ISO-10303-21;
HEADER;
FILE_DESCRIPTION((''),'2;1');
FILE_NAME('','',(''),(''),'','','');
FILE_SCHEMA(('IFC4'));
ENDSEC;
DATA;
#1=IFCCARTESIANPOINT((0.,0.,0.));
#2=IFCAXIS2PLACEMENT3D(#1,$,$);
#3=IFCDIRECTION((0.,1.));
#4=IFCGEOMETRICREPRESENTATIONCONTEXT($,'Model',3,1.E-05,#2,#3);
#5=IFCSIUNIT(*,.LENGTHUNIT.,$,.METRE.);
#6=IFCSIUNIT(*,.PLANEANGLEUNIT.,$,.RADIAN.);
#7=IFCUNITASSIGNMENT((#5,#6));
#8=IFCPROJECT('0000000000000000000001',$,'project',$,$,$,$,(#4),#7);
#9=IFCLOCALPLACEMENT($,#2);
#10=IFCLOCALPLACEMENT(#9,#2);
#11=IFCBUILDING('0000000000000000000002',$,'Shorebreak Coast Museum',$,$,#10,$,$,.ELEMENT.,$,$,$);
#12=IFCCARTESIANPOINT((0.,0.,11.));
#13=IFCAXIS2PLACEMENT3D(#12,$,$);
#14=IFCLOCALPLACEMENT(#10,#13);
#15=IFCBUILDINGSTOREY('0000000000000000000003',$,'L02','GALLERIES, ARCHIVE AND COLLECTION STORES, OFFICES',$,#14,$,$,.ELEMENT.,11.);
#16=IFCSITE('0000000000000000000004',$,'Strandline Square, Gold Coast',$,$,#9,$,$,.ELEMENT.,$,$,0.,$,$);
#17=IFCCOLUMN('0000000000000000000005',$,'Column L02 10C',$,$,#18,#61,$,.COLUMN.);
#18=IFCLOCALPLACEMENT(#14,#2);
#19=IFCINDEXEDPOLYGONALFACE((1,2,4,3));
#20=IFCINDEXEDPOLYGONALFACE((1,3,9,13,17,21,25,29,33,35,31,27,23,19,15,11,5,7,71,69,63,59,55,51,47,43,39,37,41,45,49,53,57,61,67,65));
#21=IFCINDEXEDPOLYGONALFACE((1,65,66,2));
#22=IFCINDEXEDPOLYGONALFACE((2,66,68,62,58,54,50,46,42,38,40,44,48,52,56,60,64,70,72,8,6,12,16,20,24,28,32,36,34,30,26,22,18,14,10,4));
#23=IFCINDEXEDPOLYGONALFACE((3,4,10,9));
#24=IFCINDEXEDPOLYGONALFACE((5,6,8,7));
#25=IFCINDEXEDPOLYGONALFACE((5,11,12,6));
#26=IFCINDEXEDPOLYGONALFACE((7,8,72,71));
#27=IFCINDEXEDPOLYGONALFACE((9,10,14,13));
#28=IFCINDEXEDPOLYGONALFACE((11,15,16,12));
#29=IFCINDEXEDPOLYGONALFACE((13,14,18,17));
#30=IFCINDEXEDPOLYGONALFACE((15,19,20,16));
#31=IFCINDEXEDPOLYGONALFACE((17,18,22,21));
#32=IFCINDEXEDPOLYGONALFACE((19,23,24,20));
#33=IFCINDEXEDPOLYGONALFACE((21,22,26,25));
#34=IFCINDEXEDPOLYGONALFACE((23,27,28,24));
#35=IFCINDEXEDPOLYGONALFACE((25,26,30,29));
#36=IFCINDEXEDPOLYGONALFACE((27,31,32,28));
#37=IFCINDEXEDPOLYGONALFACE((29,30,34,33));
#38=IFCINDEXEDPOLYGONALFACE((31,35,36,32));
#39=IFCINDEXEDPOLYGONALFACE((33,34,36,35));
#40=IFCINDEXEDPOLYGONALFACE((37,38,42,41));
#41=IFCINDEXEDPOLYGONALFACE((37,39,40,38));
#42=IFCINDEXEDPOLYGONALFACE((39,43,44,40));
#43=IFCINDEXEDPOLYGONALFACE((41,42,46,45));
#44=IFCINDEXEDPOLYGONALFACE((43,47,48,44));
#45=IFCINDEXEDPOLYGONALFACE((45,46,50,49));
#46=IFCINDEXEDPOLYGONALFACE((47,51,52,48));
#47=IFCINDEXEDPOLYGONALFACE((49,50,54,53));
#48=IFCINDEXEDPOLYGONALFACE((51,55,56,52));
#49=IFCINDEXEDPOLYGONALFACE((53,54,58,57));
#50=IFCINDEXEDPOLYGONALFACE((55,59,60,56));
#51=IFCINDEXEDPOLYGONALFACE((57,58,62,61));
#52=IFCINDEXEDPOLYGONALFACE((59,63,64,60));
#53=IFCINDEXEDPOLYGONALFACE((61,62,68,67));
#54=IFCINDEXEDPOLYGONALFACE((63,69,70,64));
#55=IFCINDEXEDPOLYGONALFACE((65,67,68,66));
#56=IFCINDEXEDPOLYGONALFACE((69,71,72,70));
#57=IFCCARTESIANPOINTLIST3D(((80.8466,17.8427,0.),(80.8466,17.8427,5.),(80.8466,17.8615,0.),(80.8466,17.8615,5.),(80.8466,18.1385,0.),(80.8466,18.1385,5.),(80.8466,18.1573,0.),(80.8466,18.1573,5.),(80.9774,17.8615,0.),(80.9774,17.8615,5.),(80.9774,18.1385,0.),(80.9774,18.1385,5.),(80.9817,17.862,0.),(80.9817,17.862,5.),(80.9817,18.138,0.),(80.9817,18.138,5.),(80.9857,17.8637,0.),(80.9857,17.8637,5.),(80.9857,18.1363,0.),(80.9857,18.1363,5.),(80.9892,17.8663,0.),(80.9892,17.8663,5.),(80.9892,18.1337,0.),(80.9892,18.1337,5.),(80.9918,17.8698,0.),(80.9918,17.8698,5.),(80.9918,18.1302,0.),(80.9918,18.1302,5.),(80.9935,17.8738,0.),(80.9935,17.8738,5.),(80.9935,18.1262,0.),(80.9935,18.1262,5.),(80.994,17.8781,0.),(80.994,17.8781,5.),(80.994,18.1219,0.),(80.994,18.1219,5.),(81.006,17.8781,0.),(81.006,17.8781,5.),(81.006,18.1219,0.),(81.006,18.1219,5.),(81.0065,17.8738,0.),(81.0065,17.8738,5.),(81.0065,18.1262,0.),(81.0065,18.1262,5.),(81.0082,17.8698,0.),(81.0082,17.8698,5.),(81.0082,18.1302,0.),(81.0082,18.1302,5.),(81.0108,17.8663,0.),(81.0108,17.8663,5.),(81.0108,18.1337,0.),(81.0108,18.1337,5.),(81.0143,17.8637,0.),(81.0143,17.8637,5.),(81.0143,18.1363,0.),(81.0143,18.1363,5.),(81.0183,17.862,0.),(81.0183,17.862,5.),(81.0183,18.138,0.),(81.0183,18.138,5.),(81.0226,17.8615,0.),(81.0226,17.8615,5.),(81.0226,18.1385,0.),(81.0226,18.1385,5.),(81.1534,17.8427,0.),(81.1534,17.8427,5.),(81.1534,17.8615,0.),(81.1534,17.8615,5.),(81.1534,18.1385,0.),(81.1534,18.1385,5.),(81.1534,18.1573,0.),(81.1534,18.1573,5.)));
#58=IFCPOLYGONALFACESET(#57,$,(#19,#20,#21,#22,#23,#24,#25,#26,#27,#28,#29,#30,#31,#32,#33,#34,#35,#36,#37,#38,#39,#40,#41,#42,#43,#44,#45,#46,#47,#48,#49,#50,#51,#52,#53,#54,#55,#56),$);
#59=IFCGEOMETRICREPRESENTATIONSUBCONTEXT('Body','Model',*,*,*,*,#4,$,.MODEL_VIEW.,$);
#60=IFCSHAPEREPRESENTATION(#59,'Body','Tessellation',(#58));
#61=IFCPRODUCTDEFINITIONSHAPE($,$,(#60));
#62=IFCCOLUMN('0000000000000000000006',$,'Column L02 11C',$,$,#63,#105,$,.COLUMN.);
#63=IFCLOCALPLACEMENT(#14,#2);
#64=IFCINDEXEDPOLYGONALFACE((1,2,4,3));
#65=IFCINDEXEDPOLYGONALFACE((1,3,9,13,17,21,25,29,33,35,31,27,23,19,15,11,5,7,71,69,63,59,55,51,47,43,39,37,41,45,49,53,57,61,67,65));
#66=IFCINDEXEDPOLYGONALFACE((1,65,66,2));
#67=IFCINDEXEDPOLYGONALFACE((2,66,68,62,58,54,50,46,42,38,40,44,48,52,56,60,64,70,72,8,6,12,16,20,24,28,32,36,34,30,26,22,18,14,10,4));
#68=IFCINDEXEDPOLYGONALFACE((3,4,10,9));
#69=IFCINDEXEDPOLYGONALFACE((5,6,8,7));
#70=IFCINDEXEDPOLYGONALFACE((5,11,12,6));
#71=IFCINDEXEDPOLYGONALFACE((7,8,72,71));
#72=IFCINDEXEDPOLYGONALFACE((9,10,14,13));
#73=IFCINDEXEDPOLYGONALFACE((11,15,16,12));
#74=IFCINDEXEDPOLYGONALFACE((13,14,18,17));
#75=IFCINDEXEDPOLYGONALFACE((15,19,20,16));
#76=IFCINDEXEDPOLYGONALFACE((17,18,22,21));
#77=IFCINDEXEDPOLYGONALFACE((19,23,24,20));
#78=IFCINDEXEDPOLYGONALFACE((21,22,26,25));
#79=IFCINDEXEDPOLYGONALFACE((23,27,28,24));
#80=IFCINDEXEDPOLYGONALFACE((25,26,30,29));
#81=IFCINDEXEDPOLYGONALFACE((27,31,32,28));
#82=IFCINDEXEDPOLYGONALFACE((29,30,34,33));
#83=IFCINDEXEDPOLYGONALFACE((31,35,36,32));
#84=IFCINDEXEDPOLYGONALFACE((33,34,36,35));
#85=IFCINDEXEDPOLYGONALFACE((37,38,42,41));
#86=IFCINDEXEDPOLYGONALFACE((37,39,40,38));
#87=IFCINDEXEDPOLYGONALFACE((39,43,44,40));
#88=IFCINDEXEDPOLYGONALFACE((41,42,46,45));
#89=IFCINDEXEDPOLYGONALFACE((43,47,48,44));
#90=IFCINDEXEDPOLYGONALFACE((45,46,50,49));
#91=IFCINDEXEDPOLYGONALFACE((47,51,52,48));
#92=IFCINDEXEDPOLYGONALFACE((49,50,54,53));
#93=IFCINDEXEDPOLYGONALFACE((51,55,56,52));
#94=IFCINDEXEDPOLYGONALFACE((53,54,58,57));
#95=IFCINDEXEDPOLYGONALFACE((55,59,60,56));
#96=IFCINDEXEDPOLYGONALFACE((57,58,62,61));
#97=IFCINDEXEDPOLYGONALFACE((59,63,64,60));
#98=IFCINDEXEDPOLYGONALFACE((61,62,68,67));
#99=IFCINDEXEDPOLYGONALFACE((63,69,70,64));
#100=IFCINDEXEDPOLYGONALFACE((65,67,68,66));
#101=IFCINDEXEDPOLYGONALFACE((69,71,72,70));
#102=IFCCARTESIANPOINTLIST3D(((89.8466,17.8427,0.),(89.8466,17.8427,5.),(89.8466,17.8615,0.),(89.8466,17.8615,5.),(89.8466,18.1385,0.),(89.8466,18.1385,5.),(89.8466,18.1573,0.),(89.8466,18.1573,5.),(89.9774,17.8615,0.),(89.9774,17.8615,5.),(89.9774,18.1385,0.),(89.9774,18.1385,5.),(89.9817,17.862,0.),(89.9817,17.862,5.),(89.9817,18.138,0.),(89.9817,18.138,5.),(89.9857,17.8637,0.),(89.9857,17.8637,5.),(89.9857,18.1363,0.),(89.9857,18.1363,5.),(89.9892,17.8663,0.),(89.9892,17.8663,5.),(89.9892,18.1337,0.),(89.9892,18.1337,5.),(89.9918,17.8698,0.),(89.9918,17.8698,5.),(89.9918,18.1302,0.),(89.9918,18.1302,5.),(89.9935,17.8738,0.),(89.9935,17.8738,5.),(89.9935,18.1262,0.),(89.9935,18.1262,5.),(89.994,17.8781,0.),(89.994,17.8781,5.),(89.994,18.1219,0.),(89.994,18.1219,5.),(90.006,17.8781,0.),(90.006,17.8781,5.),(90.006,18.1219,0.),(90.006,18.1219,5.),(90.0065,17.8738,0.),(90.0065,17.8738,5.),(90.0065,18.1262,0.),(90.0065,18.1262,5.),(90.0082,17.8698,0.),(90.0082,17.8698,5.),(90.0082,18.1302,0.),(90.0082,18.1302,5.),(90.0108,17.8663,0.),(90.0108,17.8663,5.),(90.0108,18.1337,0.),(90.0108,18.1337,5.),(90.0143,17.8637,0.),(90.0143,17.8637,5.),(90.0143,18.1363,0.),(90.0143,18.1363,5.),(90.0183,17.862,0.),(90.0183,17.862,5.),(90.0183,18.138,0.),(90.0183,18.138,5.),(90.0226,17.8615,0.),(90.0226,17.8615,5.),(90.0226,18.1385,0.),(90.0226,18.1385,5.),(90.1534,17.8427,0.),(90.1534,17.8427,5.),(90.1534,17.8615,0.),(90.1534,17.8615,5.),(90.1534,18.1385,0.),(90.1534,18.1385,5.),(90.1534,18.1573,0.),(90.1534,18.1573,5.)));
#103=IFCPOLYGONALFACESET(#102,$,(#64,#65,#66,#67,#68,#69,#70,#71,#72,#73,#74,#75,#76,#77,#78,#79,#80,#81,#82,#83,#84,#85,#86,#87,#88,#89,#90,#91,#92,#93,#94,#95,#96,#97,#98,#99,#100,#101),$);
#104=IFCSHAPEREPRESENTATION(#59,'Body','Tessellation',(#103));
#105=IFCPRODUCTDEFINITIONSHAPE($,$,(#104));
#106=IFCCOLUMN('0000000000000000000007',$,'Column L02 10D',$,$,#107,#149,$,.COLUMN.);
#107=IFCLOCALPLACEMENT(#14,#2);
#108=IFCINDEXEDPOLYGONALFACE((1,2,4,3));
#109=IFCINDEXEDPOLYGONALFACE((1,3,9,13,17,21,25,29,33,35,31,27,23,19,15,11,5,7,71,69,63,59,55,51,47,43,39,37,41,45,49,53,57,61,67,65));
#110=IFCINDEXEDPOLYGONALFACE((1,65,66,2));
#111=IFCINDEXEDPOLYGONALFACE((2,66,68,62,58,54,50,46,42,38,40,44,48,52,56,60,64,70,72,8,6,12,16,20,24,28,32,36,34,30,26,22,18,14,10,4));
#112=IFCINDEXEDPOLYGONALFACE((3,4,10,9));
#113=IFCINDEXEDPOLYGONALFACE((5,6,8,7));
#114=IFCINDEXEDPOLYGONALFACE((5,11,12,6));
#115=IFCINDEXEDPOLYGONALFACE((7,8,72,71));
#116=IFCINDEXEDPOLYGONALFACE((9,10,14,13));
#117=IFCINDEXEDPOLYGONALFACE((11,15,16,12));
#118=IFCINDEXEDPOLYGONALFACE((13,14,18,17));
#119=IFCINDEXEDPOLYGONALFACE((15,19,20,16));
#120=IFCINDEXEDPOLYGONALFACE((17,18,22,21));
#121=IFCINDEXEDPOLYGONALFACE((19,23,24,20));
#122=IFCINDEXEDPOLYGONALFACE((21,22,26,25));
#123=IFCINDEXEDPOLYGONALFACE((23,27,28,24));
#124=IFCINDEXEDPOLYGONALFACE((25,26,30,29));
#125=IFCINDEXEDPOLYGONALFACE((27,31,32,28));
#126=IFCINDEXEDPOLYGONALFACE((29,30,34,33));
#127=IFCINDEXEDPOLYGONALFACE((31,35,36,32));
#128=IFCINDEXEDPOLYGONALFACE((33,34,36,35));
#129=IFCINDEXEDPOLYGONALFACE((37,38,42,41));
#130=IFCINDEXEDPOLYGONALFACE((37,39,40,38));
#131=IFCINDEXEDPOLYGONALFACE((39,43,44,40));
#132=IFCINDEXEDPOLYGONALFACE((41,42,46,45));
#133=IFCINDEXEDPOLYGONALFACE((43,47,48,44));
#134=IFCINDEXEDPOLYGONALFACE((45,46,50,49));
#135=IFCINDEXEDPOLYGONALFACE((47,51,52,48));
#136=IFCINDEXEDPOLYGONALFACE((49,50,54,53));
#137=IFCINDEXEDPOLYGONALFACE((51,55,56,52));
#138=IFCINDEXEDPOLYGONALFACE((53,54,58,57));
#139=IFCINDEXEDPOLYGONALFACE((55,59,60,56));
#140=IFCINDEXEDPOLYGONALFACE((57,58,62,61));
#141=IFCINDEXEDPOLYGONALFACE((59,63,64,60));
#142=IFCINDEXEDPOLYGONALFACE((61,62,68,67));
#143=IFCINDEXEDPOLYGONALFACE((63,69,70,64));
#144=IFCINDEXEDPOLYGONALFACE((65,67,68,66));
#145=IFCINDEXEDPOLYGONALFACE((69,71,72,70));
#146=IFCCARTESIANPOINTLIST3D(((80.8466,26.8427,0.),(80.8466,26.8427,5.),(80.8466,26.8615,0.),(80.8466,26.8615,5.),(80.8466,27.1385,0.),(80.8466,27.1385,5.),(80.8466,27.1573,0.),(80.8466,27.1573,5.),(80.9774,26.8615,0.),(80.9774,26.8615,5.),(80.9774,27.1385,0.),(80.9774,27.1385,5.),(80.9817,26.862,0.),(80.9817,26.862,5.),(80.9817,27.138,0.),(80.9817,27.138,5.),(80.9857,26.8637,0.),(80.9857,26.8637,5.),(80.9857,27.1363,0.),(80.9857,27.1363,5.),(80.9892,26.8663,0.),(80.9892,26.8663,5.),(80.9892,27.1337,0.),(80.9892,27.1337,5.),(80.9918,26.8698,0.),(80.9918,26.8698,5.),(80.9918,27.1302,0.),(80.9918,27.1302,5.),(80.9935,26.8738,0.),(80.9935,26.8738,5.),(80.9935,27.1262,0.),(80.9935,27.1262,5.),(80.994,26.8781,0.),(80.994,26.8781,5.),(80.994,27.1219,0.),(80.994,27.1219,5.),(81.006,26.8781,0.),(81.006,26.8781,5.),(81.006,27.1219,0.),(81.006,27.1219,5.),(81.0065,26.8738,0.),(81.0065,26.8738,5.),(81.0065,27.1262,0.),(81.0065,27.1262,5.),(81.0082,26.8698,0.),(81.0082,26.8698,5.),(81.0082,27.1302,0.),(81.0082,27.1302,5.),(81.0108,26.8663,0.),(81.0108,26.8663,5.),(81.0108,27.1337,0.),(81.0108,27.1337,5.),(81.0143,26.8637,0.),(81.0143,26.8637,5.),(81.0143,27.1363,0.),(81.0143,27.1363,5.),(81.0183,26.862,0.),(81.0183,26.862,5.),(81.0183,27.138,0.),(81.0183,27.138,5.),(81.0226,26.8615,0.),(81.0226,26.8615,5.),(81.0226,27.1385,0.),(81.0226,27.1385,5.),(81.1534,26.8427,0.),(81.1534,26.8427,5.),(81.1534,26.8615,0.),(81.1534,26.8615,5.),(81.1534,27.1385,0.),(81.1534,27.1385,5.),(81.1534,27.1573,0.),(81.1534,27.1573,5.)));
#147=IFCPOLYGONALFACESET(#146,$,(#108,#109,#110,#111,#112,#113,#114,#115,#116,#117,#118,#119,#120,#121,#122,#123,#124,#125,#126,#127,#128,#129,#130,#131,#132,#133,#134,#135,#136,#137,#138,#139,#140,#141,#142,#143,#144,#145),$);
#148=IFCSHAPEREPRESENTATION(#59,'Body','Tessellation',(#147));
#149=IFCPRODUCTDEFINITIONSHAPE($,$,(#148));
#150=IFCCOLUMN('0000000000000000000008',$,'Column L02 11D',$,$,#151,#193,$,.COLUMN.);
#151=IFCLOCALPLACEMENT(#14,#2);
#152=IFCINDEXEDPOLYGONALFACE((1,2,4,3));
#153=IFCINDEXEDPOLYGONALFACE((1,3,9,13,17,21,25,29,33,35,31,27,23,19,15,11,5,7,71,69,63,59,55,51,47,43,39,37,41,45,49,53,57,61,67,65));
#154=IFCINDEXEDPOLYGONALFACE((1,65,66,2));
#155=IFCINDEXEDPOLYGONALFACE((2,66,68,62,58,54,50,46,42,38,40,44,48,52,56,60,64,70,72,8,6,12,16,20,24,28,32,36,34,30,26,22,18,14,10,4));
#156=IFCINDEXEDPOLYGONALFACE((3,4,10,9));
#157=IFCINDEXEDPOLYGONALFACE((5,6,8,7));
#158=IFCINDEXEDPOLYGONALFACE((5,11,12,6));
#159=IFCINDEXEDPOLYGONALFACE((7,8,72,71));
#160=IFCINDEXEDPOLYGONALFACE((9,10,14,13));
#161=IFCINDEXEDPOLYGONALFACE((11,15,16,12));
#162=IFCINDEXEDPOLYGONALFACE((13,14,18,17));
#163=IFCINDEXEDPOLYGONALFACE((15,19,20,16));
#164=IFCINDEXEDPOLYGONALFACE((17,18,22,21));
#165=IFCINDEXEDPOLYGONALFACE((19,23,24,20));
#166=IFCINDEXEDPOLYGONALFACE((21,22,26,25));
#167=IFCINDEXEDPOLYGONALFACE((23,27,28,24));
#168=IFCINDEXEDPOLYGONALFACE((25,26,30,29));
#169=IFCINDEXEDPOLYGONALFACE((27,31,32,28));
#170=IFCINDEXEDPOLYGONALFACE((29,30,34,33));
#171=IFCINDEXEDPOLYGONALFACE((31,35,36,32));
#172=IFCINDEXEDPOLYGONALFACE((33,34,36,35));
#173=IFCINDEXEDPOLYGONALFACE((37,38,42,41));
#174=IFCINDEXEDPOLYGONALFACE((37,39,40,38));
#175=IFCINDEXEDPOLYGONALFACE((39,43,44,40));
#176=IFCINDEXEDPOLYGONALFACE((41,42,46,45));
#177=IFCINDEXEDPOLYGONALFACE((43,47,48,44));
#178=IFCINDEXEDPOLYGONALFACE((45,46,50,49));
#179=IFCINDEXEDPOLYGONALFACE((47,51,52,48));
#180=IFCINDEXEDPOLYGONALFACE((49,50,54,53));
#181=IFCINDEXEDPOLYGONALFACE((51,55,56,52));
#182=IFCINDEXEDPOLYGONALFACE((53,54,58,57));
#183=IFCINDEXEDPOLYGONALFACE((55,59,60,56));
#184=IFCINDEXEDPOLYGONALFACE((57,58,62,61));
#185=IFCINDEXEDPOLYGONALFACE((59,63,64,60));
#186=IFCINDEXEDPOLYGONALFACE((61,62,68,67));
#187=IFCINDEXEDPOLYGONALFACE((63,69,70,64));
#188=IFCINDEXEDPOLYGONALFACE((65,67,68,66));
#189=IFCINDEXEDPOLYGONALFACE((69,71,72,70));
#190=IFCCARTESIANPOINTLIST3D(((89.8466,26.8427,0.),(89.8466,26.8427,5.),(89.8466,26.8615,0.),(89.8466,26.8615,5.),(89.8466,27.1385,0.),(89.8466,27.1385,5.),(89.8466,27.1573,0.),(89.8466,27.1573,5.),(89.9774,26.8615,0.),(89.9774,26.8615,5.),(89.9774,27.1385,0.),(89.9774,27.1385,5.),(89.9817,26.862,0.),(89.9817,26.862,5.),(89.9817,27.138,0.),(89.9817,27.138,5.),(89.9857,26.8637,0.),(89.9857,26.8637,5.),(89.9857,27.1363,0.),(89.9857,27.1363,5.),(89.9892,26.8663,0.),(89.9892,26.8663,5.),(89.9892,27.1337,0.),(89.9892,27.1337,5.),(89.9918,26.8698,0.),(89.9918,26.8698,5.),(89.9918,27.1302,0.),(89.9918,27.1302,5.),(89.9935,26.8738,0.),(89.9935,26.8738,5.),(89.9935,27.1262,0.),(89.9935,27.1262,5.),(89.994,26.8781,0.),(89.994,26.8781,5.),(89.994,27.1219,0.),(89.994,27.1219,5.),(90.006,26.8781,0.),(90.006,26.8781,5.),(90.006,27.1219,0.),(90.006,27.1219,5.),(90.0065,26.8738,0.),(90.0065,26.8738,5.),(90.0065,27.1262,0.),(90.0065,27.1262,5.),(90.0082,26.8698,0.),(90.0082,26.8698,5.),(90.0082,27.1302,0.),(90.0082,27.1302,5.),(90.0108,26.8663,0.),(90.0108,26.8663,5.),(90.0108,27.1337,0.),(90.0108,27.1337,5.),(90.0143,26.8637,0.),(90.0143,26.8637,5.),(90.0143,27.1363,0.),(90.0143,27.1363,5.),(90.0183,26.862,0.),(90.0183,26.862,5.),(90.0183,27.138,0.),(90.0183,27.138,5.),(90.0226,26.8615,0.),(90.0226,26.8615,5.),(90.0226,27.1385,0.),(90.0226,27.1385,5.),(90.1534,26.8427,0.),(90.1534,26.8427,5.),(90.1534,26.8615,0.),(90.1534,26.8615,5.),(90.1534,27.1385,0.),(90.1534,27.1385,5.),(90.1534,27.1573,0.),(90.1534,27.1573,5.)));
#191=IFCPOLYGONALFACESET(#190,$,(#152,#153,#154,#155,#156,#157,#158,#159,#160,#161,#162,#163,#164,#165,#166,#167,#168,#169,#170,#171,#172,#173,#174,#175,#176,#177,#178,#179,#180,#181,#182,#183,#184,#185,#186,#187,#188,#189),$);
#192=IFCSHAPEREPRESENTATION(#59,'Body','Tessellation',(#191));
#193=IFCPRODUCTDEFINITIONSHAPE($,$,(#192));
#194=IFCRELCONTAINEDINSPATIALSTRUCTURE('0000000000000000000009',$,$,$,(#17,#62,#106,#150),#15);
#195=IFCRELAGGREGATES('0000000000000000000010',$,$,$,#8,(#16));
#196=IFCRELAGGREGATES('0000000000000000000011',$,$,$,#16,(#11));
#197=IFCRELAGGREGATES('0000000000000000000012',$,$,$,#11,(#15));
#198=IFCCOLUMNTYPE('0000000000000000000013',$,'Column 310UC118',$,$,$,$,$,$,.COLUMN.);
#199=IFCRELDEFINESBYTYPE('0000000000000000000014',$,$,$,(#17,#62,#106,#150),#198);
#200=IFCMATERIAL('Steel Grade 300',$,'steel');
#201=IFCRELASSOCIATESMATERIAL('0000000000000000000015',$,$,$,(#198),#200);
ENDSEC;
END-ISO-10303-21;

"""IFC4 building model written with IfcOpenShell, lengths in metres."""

from ifc_helpers import new_model, si_unit, direction, frame, origin, origin_2d, place, context, subcontext, project, spatial, i_section, extrude, material, material_profile, profile_set, type_object, element, save


model = new_model("IFC4")

# Units and contexts
model_context = context("Model", 3, precision=1e-05, world=origin(), true_north=direction((0.0, 1.0)))
body_context = subcontext(model_context, "Body", "Model", "MODEL_VIEW")
ifc_project = project(units=[si_unit("LENGTHUNIT", "METRE"), si_unit("PLANEANGLEUNIT", "RADIAN")], contexts=[model_context])

# Site, building, storey
site_placement = place(None, origin())
site = spatial("IfcSite", under=ifc_project, at=site_placement, Name="Strandline Square, Gold Coast", CompositionType="ELEMENT", RefElevation=0.0)
building_placement = place(site_placement, origin())
building = spatial("IfcBuilding", under=site, at=building_placement, Name="Shorebreak Coast Museum", CompositionType="ELEMENT")
storey_placement = place(building_placement, frame((0.0, 0.0, 11.0)))
storey = spatial("IfcBuildingStorey", under=building, at=storey_placement, Name="L02", Description="GALLERIES, ARCHIVE AND COLLECTION STORES, OFFICES", CompositionType="ELEMENT", Elevation=11.0)

# Columns
ifc_material_1 = material(Name="Steel Grade 300", Category="steel")
ifc_material_profile_1 = material_profile(ifc_material_1, i_section(OverallWidth=0.3069, OverallDepth=0.3147, WebThickness=0.012, FlangeThickness=0.0188, FilletRadius=0.0166, at=origin_2d()), Name="310UC118")
ifc_profile_set_1 = profile_set([ifc_material_profile_1], Name="Steel Grade 300")
column_type = type_object("IfcColumnType", Name="Column 310UC118", PredefinedType="COLUMN", material=ifc_profile_set_1)
for number, where, z_axis, x_axis, name in (
    (1, (81.0, 18.0, 0.0), (0.0, 0.0, 1.0), (1.0, 0.0, 0.0), "Column L02 10C"),
    (2, (90.0, 18.0, 0.0), (0.0, 0.0, 1.0), (1.0, 0.0, 0.0), "Column L02 11C"),
    (3, (81.0, 27.0, 0.0), (0.0, 0.0, 1.0), (1.0, 0.0, 0.0), "Column L02 10D"),
    (4, (90.0, 27.0, 0.0), (0.0, 0.0, 1.0), (1.0, 0.0, 0.0), "Column L02 11D"),
):
    element("IfcColumn", number, at=place(storey_placement, frame(where, z_axis=z_axis, x_axis=x_axis)), inside=storey, type_object=column_type, Name=name, PredefinedType="COLUMN", context=body_context, shape_type="SweptSolid", body=[
        extrude(i_section(OverallWidth=0.3069, OverallDepth=0.3147, WebThickness=0.012, FlangeThickness=0.0188, FilletRadius=0.0166, at=origin_2d()), origin(), (0.0, 0.0, 1.0), 5.0),
    ])

save(model, "model.ifc")
